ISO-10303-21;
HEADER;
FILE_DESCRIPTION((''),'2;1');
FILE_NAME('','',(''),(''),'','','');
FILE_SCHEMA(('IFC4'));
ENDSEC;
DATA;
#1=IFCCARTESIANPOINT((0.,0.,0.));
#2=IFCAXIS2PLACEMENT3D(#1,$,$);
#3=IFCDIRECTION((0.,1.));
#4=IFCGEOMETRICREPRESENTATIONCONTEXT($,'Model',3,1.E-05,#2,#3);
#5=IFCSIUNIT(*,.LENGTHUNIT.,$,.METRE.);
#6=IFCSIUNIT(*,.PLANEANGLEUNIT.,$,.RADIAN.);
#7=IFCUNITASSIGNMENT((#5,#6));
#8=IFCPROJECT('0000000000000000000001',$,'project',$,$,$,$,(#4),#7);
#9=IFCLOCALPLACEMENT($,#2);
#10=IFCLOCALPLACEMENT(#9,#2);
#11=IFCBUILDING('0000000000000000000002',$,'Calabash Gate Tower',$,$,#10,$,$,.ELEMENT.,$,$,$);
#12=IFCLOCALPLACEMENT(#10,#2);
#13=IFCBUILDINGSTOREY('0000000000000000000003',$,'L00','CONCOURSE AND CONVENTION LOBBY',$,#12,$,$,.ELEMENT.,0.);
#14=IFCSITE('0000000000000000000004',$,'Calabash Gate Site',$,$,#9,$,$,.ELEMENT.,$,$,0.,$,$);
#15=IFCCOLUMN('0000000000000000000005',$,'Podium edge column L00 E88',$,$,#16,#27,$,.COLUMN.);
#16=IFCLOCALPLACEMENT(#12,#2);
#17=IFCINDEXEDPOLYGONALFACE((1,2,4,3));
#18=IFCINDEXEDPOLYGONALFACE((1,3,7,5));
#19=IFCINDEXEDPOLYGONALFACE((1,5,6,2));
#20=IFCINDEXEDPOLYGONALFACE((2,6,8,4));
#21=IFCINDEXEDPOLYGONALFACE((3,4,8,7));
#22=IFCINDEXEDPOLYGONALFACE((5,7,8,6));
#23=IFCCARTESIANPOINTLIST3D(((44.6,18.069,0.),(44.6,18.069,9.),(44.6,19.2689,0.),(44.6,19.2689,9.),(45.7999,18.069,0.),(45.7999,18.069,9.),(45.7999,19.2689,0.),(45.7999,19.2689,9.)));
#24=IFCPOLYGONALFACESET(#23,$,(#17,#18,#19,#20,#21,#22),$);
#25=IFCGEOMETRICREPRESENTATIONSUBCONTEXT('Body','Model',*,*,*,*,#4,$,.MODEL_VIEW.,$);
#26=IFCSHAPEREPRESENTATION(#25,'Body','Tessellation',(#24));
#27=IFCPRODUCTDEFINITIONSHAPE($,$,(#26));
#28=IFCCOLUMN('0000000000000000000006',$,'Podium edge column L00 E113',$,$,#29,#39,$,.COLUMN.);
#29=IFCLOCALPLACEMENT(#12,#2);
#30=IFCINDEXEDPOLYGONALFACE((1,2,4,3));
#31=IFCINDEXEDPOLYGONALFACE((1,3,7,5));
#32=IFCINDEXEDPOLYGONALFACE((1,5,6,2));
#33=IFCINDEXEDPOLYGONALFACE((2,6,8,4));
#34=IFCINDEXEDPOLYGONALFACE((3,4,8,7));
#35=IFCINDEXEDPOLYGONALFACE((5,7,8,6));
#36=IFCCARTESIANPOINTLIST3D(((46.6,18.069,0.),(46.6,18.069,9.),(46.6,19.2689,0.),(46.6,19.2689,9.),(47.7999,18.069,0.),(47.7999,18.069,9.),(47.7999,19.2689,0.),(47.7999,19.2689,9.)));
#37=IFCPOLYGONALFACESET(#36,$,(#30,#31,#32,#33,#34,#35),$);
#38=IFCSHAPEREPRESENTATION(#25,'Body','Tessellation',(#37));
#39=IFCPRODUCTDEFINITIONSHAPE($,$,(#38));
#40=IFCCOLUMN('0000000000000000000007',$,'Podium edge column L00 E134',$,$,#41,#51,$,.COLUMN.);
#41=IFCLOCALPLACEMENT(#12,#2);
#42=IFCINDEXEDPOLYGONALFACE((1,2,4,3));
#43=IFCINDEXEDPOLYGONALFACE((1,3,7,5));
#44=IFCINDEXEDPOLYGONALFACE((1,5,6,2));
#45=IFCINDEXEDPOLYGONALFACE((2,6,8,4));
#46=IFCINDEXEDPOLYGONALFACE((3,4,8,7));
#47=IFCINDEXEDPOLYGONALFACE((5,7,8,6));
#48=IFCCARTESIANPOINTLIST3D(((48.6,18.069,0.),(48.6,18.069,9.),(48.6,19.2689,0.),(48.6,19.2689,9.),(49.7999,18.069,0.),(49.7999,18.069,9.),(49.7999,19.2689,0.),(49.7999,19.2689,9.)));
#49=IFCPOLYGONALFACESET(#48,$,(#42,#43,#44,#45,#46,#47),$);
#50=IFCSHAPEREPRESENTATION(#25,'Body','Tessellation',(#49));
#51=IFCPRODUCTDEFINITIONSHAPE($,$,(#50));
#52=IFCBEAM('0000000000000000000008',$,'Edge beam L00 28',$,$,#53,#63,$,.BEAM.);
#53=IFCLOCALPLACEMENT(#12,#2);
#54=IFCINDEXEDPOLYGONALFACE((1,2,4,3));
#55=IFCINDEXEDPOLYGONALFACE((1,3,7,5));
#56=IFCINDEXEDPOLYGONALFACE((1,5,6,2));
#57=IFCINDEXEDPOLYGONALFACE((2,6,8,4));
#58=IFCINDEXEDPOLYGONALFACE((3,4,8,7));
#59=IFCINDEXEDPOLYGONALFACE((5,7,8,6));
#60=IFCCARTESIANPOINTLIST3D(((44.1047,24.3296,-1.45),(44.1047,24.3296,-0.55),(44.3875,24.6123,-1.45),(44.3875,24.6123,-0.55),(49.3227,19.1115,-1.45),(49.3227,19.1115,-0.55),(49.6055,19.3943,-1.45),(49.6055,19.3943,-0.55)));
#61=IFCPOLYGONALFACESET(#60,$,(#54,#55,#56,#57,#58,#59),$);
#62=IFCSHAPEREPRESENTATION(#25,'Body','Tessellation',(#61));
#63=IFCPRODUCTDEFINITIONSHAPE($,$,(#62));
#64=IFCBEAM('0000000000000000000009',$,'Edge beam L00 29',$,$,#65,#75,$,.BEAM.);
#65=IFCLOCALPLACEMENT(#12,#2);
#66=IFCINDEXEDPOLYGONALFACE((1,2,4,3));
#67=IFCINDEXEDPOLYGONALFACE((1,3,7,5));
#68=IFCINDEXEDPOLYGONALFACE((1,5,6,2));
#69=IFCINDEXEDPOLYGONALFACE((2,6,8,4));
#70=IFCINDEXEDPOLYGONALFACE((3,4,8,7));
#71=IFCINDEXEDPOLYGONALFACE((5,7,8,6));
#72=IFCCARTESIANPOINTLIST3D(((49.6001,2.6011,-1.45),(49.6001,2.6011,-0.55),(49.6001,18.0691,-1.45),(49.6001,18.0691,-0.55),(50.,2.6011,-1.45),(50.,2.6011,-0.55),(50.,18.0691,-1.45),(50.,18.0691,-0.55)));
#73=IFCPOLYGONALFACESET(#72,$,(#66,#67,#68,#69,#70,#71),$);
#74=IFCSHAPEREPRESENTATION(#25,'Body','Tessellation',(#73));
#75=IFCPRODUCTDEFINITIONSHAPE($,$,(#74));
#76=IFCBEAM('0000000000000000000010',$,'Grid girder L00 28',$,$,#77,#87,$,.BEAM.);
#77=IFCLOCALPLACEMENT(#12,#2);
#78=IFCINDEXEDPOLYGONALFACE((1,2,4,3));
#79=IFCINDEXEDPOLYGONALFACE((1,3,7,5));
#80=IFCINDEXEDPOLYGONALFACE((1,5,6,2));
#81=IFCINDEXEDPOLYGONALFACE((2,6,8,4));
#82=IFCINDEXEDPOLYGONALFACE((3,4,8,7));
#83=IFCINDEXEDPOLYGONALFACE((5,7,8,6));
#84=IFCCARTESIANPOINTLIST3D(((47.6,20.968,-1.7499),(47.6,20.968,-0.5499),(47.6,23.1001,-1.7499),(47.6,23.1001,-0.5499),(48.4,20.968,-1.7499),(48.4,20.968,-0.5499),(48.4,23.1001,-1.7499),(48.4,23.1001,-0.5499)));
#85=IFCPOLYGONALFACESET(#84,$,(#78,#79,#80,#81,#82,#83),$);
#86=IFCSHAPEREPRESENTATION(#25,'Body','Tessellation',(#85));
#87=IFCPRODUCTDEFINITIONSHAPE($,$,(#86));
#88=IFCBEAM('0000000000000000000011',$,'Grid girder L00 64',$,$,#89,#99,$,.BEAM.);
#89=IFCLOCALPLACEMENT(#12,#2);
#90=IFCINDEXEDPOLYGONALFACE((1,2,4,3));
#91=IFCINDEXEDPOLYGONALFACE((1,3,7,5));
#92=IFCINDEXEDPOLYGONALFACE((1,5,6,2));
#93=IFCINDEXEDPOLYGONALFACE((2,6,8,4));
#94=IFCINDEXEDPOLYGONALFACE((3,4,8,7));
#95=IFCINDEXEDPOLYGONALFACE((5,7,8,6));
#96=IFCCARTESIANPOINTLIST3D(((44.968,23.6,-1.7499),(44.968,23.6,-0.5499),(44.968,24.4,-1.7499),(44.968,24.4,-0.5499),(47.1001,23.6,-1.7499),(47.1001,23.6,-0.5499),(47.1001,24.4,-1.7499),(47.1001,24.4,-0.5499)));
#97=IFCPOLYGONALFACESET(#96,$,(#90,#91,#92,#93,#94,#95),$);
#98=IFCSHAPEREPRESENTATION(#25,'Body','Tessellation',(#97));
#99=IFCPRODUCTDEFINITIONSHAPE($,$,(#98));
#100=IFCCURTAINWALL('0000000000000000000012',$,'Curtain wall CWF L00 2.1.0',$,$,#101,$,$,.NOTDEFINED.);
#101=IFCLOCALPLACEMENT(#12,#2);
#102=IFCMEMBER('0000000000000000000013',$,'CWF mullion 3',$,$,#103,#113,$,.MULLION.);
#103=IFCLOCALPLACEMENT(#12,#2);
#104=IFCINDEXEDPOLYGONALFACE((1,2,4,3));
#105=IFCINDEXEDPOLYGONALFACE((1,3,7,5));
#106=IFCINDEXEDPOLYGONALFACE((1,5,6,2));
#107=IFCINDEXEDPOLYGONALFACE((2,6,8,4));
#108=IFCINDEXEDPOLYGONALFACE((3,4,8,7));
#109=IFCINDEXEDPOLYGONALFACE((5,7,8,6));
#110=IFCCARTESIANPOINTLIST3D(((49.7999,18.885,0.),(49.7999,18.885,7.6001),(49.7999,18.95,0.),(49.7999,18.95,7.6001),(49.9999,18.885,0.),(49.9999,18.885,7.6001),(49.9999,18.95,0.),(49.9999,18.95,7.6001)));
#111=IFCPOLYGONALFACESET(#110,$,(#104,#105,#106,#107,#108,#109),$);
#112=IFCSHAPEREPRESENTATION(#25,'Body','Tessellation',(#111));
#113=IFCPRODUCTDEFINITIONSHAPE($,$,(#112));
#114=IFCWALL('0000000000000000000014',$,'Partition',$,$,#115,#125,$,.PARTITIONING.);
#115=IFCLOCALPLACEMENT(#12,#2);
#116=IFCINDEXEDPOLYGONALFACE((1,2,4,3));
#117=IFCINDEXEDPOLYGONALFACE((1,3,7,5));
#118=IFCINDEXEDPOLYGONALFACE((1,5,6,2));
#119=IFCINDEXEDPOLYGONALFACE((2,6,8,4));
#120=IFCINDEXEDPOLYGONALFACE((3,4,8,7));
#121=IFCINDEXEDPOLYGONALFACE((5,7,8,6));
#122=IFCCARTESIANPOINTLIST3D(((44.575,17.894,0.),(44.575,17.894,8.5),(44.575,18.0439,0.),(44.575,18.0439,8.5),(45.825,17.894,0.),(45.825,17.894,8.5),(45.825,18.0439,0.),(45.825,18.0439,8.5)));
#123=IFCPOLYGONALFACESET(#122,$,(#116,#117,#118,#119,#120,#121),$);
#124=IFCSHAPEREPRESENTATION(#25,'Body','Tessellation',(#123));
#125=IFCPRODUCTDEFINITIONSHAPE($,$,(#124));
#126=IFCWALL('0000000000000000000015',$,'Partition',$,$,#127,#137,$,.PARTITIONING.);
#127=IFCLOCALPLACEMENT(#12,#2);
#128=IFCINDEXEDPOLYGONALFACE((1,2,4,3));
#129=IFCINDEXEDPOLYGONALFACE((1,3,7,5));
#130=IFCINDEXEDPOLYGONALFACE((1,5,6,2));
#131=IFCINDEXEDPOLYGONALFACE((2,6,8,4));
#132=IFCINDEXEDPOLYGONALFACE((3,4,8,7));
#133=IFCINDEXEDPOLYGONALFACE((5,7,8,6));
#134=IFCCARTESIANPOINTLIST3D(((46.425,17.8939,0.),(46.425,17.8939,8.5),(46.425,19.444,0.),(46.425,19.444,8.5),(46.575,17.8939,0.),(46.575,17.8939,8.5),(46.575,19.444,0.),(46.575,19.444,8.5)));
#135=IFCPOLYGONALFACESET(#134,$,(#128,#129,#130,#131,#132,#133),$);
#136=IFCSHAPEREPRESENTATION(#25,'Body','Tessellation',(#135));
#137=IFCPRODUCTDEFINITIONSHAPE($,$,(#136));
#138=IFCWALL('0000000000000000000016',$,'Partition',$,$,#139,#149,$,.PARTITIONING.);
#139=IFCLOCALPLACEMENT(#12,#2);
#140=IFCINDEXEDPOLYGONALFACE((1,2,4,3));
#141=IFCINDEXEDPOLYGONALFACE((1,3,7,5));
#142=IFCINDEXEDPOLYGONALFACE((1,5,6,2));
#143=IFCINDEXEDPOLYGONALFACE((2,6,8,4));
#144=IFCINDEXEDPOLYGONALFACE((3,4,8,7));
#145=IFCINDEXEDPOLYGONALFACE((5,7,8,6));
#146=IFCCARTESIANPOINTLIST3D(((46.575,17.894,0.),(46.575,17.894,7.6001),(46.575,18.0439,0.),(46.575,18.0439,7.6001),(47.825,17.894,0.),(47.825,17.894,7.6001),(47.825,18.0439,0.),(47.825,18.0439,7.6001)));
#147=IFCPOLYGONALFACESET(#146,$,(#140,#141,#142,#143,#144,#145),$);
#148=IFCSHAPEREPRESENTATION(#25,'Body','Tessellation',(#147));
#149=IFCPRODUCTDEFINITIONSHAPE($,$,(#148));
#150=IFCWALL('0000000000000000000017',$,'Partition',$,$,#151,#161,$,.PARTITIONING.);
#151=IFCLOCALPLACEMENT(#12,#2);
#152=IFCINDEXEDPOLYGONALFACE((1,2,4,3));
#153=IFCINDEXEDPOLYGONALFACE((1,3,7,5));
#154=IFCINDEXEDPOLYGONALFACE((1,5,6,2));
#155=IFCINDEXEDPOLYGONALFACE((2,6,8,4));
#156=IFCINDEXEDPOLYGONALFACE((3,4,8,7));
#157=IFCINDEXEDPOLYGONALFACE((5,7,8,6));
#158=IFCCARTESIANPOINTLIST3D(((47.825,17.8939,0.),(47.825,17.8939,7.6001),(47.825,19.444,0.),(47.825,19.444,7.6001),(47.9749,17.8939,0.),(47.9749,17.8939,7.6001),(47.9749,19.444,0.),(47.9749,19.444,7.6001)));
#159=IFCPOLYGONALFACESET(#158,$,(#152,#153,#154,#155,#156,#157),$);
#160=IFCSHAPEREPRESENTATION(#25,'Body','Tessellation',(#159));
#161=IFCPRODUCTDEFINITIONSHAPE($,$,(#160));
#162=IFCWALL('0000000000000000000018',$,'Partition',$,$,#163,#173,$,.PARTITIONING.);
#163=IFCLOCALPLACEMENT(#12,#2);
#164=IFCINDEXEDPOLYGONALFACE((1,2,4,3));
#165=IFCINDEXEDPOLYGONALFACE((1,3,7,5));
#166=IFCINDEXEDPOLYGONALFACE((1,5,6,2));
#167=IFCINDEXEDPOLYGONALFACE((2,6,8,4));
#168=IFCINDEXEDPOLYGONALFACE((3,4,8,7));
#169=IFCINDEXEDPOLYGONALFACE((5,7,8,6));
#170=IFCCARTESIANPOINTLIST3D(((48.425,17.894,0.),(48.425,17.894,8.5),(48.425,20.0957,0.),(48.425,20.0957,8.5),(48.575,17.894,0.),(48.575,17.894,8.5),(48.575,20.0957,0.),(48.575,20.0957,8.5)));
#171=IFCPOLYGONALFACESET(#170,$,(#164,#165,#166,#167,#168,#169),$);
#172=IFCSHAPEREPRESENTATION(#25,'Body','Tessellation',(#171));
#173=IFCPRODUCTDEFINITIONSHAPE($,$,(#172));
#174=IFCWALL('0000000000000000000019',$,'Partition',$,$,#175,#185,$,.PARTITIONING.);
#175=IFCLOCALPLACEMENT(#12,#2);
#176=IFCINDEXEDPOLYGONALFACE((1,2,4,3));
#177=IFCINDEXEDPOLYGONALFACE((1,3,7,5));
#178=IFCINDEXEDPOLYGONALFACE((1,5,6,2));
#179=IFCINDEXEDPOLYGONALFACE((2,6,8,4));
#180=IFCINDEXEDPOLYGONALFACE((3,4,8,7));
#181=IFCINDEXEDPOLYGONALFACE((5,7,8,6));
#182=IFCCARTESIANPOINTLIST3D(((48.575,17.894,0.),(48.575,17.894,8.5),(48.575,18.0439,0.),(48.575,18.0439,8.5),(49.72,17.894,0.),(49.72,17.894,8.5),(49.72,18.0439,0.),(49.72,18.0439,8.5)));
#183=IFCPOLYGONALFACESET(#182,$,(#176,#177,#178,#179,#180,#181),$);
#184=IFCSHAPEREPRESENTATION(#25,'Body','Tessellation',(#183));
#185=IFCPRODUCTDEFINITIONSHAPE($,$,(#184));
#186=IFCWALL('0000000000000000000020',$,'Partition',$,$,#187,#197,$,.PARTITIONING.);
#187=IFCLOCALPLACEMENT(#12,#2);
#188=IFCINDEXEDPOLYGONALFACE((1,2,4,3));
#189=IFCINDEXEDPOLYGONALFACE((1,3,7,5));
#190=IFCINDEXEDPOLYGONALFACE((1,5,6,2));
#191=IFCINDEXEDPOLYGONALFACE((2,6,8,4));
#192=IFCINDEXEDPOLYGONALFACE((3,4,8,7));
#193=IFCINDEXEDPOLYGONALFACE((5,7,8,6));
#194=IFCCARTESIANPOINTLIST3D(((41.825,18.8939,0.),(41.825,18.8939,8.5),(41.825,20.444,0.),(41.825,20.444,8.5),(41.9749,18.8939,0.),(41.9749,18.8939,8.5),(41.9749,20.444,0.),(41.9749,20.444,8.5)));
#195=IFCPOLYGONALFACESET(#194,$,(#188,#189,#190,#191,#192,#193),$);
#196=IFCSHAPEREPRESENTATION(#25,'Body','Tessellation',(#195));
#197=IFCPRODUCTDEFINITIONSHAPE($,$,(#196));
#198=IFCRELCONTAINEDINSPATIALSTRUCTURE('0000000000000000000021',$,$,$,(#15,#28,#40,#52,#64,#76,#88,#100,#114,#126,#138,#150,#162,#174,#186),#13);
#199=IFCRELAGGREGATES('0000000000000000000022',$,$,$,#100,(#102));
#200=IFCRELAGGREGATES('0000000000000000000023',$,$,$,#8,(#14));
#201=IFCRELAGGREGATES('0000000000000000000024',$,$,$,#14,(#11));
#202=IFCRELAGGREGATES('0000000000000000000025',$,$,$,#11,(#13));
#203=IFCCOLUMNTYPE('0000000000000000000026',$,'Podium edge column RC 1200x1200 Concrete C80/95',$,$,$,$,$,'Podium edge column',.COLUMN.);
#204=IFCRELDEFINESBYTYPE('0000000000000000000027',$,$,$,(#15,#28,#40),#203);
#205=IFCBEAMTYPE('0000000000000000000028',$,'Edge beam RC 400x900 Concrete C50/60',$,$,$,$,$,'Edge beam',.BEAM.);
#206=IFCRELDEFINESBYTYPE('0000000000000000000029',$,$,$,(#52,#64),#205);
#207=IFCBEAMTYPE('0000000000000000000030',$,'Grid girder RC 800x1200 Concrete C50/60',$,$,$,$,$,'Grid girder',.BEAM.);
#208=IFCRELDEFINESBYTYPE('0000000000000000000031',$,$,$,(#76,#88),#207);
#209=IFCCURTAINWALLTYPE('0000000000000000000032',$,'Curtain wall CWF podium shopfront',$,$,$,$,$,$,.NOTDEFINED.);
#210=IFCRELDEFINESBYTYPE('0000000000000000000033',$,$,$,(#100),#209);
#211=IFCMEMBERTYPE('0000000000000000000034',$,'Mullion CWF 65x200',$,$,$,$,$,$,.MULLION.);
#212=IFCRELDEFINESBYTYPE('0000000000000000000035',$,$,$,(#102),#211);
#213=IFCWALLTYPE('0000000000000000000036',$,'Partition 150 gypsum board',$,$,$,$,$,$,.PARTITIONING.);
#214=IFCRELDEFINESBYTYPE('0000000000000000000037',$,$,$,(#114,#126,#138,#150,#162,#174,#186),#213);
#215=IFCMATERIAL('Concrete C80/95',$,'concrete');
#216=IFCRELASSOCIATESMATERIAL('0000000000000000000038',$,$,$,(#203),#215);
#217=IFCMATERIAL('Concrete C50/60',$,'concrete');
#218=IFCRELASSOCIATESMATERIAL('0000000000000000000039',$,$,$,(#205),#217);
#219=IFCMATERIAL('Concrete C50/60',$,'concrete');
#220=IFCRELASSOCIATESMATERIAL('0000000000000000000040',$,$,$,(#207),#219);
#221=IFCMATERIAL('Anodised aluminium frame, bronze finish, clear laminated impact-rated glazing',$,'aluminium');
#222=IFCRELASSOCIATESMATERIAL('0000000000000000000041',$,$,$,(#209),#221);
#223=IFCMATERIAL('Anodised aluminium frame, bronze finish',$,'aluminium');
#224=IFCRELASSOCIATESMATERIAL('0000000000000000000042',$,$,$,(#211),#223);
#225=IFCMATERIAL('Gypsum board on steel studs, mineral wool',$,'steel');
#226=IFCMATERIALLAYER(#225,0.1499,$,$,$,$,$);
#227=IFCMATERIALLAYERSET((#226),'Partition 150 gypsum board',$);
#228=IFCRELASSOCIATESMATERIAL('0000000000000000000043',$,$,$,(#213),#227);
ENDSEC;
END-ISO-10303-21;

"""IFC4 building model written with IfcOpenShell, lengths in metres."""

from ifc_helpers import new_model, si_unit, direction, frame, frame_2d, origin, origin_2d, place, context, subcontext, project, spatial, rectangle, extrude, material, layer, layer_set, material_profile, profile_set, type_object, element, aggregate, save


model = new_model("IFC4")

# Units and contexts
model_context = context("Model", 3, precision=1e-05, world=origin(), true_north=direction((0.0, 1.0)))
body_context = subcontext(model_context, "Body", "Model", "MODEL_VIEW")
ifc_project = project(units=[si_unit("LENGTHUNIT", "METRE"), si_unit("PLANEANGLEUNIT", "RADIAN")], contexts=[model_context])

# Site, building, storey
site_placement = place(None, origin())
site = spatial("IfcSite", under=ifc_project, at=site_placement, Name="Calabash Gate Site", CompositionType="ELEMENT", RefElevation=0.0)
building_placement = place(site_placement, origin())
building = spatial("IfcBuilding", under=site, at=building_placement, Name="Calabash Gate Tower", CompositionType="ELEMENT")
storey_placement = place(building_placement, origin())
storey = spatial("IfcBuildingStorey", under=building, at=storey_placement, Name="L00", Description="CONCOURSE AND CONVENTION LOBBY", CompositionType="ELEMENT", Elevation=0.0)

# Columns
ifc_material_1 = material(Name="Concrete C80/95", Category="concrete")
ifc_material_profile_1 = material_profile(ifc_material_1, rectangle(XDim=1.2, YDim=1.2, at=origin_2d()))
ifc_profile_set_1 = profile_set([ifc_material_profile_1], Name="Concrete C80/95")
column_type = type_object("IfcColumnType", Name="Podium edge column RC 1200x1200 Concrete C80/95", ElementType="Podium edge column", PredefinedType="COLUMN", material=ifc_profile_set_1)
for number, where, z_axis, x_axis, name in (
    (1, (45.2, 18.6689, 0.0), (0.0, 0.0, 1.0), (1.0, 0.0, 0.0), "Podium edge column L00 E88"),
    (2, (47.2, 18.6689, 0.0), (0.0, 0.0, 1.0), (1.0, 0.0, 0.0), "Podium edge column L00 E113"),
    (3, (49.2, 18.6689, 0.0), (0.0, 0.0, 1.0), (1.0, 0.0, 0.0), "Podium edge column L00 E134"),
):
    element("IfcColumn", number, at=place(storey_placement, frame(where, z_axis=z_axis, x_axis=x_axis)), inside=storey, type_object=column_type, Name=name, PredefinedType="COLUMN", context=body_context, shape_type="SweptSolid", body=[
        extrude(rectangle(XDim=1.2, YDim=1.2, at=origin_2d()), origin(), (0.0, 0.0, 1.0), 9.0),
    ])

# Beams
ifc_material_2 = material(Name="Concrete C50/60", Category="concrete")
ifc_material_profile_2 = material_profile(ifc_material_2, rectangle(XDim=0.3999, YDim=0.8999, at=origin_2d()))
ifc_profile_set_2 = profile_set([ifc_material_profile_2], Name="Concrete C50/60")
beam_type_1 = type_object("IfcBeamType", Name="Edge beam RC 400x900 Concrete C50/60", ElementType="Edge beam", PredefinedType="BEAM", material=ifc_profile_set_2)
beam_1_placement = place(storey_placement, frame((44.2461, 24.4709, -1.0), z_axis=(0.707107, -0.707107, 0.0), x_axis=(0.707107, 0.707107, 0.0)))
element("IfcBeam", 4, at=beam_1_placement, inside=storey, type_object=beam_type_1, Name="Edge beam L00 28", PredefinedType="BEAM", context=body_context, shape_type="SweptSolid", body=[
    extrude(rectangle(XDim=0.3999, YDim=0.8999, at=origin_2d()), origin(), (0.0, 0.0, 1.0), 7.3794),
])
beam_2_placement = place(storey_placement, frame((49.8, 18.0691, -1.0), z_axis=(0.0, -1.0, 0.0), x_axis=(1.0, 0.0, 0.0)))
element("IfcBeam", 5, at=beam_2_placement, inside=storey, type_object=beam_type_1, Name="Edge beam L00 29", PredefinedType="BEAM", context=body_context, shape_type="SweptSolid", body=[
    extrude(rectangle(XDim=0.3999, YDim=0.8999, at=origin_2d()), origin(), (0.0, 0.0, 1.0), 15.468),
])
ifc_material_3 = material(Name="Concrete C50/60", Category="concrete")
ifc_material_profile_3 = material_profile(ifc_material_3, rectangle(XDim=0.8, YDim=1.2, at=origin_2d()))
ifc_profile_set_3 = profile_set([ifc_material_profile_3], Name="Concrete C50/60")
beam_type_2 = type_object("IfcBeamType", Name="Grid girder RC 800x1200 Concrete C50/60", ElementType="Grid girder", PredefinedType="BEAM", material=ifc_profile_set_3)
for number, where, z_axis, x_axis, name in (
    (6, (48.0, 20.968, -1.1499), (0.0, 1.0, 0.0), (-1.0, 0.0, 0.0), "Grid girder L00 28"),
    (7, (44.968, 24.0, -1.1499), (1.0, 0.0, 0.0), (0.0, 1.0, 0.0), "Grid girder L00 64"),
):
    element("IfcBeam", number, at=place(storey_placement, frame(where, z_axis=z_axis, x_axis=x_axis)), inside=storey, type_object=beam_type_2, Name=name, PredefinedType="BEAM", context=body_context, shape_type="SweptSolid", body=[
        extrude(rectangle(XDim=0.8, YDim=1.2, at=origin_2d()), origin(), (0.0, 0.0, 1.0), 2.1321),
    ])

# Curtain wall, member
ifc_material_4 = material(Name="Anodised aluminium frame, bronze finish, clear laminated impact-rated glazing", Category="aluminium")
curtain_wall_type = type_object("IfcCurtainWallType", Name="Curtain wall CWF podium shopfront", PredefinedType="NOTDEFINED", material=ifc_material_4)
curtain_wall_placement = place(storey_placement, origin())
curtain_wall = element("IfcCurtainWall", 8, at=curtain_wall_placement, inside=storey, type_object=curtain_wall_type, Name="Curtain wall CWF L00 2.1.0", PredefinedType="NOTDEFINED")
ifc_material_5 = material(Name="Anodised aluminium frame, bronze finish", Category="aluminium")
ifc_material_profile_4 = material_profile(ifc_material_5, rectangle(XDim=0.2, YDim=0.0649, at=origin_2d()))
ifc_profile_set_4 = profile_set([ifc_material_profile_4], Name="Anodised aluminium frame, bronze finish")
member_type = type_object("IfcMemberType", Name="Mullion CWF 65x200", PredefinedType="MULLION", material=ifc_profile_set_4)
member_placement = place(storey_placement, frame((49.8999, 18.9175, 0.0), z_axis=(0.0, 0.0, 1.0), x_axis=(-1.0, 0.0, 0.0)))
member = element("IfcMember", 9, at=member_placement, type_object=member_type, Name="CWF mullion 3", PredefinedType="MULLION", context=body_context, shape_type="SweptSolid", body=[
    extrude(rectangle(XDim=0.2, YDim=0.0649, at=origin_2d()), origin(), (0.0, 0.0, 1.0), 7.6001),
])
aggregate(curtain_wall, [member])

# Walls
ifc_material_6 = material(Name="Gypsum board on steel studs, mineral wool", Category="steel")
ifc_layer_1 = layer(ifc_material_6, 0.1499)
ifc_layer_set_1 = layer_set([ifc_layer_1], Name="Partition 150 gypsum board")
wall_type_1 = type_object("IfcWallType", Name="Partition 150 gypsum board", PredefinedType="PARTITIONING", material=ifc_layer_set_1)
wall_1_placement = place(storey_placement, frame((44.575, 17.969, 0.0), z_axis=(0.0, 0.0, 1.0), x_axis=(1.0, 0.0, 0.0)))
element("IfcWall", 10, at=wall_1_placement, inside=storey, type_object=wall_type_1, Name="Partition", PredefinedType="PARTITIONING", context=body_context, shape_type="SweptSolid", body=[
    extrude(rectangle(XDim=1.25, YDim=0.1499, at=frame_2d((0.625, 0.0))), origin(), (0.0, 0.0, 1.0), 8.5),
])
wall_2_placement = place(storey_placement, frame((46.5, 17.894, 0.0), z_axis=(0.0, 0.0, 1.0), x_axis=(0.0, 1.0, 0.0)))
element("IfcWall", 11, at=wall_2_placement, inside=storey, type_object=wall_type_1, Name="Partition", PredefinedType="PARTITIONING", context=body_context, shape_type="SweptSolid", body=[
    extrude(rectangle(XDim=1.55, YDim=0.1499, at=frame_2d((0.7749, 0.0))), origin(), (0.0, 0.0, 1.0), 8.5),
])
wall_3_placement = place(storey_placement, frame((46.575, 17.969, 0.0), z_axis=(0.0, 0.0, 1.0), x_axis=(1.0, 0.0, 0.0)))
element("IfcWall", 12, at=wall_3_placement, inside=storey, type_object=wall_type_1, Name="Partition", PredefinedType="PARTITIONING", context=body_context, shape_type="SweptSolid", body=[
    extrude(rectangle(XDim=1.25, YDim=0.1499, at=frame_2d((0.625, 0.0))), origin(), (0.0, 0.0, 1.0), 7.6001),
])
wall_4_placement = place(storey_placement, frame((47.8999, 17.894, 0.0), z_axis=(0.0, 0.0, 1.0), x_axis=(0.0, 1.0, 0.0)))
element("IfcWall", 13, at=wall_4_placement, inside=storey, type_object=wall_type_1, Name="Partition", PredefinedType="PARTITIONING", context=body_context, shape_type="SweptSolid", body=[
    extrude(rectangle(XDim=1.55, YDim=0.1499, at=frame_2d((0.7749, 0.0))), origin(), (0.0, 0.0, 1.0), 7.6001),
])
wall_5_placement = place(storey_placement, frame((48.5, 17.894, 0.0), z_axis=(0.0, 0.0, 1.0), x_axis=(0.0, 1.0, 0.0)))
element("IfcWall", 14, at=wall_5_placement, inside=storey, type_object=wall_type_1, Name="Partition", PredefinedType="PARTITIONING", context=body_context, shape_type="SweptSolid", body=[
    extrude(rectangle(XDim=2.2017, YDim=0.1499, at=frame_2d((1.1008, 0.0))), origin(), (0.0, 0.0, 1.0), 8.5),
])
wall_6_placement = place(storey_placement, frame((48.575, 17.969, 0.0), z_axis=(0.0, 0.0, 1.0), x_axis=(1.0, 0.0, 0.0)))
element("IfcWall", 15, at=wall_6_placement, inside=storey, type_object=wall_type_1, Name="Partition", PredefinedType="PARTITIONING", context=body_context, shape_type="SweptSolid", body=[
    extrude(rectangle(XDim=1.145, YDim=0.1499, at=frame_2d((0.5725, 0.0))), origin(), (0.0, 0.0, 1.0), 8.5),
])
for number, where, z_axis, x_axis, name in (
    (16, (41.8999, 18.894, 0.0), (0.0, 0.0, 1.0), (0.0, 1.0, 0.0), "Partition"),
):
    element("IfcWall", number, at=place(storey_placement, frame(where, z_axis=z_axis, x_axis=x_axis)), inside=storey, type_object=wall_type_1, Name=name, PredefinedType="PARTITIONING", context=body_context, shape_type="SweptSolid", body=[
        extrude(rectangle(XDim=1.55, YDim=0.1499, at=frame_2d((0.7749, 0.0))), origin(), (0.0, 0.0, 1.0), 8.5),
    ])

save(model, "model.ifc")
